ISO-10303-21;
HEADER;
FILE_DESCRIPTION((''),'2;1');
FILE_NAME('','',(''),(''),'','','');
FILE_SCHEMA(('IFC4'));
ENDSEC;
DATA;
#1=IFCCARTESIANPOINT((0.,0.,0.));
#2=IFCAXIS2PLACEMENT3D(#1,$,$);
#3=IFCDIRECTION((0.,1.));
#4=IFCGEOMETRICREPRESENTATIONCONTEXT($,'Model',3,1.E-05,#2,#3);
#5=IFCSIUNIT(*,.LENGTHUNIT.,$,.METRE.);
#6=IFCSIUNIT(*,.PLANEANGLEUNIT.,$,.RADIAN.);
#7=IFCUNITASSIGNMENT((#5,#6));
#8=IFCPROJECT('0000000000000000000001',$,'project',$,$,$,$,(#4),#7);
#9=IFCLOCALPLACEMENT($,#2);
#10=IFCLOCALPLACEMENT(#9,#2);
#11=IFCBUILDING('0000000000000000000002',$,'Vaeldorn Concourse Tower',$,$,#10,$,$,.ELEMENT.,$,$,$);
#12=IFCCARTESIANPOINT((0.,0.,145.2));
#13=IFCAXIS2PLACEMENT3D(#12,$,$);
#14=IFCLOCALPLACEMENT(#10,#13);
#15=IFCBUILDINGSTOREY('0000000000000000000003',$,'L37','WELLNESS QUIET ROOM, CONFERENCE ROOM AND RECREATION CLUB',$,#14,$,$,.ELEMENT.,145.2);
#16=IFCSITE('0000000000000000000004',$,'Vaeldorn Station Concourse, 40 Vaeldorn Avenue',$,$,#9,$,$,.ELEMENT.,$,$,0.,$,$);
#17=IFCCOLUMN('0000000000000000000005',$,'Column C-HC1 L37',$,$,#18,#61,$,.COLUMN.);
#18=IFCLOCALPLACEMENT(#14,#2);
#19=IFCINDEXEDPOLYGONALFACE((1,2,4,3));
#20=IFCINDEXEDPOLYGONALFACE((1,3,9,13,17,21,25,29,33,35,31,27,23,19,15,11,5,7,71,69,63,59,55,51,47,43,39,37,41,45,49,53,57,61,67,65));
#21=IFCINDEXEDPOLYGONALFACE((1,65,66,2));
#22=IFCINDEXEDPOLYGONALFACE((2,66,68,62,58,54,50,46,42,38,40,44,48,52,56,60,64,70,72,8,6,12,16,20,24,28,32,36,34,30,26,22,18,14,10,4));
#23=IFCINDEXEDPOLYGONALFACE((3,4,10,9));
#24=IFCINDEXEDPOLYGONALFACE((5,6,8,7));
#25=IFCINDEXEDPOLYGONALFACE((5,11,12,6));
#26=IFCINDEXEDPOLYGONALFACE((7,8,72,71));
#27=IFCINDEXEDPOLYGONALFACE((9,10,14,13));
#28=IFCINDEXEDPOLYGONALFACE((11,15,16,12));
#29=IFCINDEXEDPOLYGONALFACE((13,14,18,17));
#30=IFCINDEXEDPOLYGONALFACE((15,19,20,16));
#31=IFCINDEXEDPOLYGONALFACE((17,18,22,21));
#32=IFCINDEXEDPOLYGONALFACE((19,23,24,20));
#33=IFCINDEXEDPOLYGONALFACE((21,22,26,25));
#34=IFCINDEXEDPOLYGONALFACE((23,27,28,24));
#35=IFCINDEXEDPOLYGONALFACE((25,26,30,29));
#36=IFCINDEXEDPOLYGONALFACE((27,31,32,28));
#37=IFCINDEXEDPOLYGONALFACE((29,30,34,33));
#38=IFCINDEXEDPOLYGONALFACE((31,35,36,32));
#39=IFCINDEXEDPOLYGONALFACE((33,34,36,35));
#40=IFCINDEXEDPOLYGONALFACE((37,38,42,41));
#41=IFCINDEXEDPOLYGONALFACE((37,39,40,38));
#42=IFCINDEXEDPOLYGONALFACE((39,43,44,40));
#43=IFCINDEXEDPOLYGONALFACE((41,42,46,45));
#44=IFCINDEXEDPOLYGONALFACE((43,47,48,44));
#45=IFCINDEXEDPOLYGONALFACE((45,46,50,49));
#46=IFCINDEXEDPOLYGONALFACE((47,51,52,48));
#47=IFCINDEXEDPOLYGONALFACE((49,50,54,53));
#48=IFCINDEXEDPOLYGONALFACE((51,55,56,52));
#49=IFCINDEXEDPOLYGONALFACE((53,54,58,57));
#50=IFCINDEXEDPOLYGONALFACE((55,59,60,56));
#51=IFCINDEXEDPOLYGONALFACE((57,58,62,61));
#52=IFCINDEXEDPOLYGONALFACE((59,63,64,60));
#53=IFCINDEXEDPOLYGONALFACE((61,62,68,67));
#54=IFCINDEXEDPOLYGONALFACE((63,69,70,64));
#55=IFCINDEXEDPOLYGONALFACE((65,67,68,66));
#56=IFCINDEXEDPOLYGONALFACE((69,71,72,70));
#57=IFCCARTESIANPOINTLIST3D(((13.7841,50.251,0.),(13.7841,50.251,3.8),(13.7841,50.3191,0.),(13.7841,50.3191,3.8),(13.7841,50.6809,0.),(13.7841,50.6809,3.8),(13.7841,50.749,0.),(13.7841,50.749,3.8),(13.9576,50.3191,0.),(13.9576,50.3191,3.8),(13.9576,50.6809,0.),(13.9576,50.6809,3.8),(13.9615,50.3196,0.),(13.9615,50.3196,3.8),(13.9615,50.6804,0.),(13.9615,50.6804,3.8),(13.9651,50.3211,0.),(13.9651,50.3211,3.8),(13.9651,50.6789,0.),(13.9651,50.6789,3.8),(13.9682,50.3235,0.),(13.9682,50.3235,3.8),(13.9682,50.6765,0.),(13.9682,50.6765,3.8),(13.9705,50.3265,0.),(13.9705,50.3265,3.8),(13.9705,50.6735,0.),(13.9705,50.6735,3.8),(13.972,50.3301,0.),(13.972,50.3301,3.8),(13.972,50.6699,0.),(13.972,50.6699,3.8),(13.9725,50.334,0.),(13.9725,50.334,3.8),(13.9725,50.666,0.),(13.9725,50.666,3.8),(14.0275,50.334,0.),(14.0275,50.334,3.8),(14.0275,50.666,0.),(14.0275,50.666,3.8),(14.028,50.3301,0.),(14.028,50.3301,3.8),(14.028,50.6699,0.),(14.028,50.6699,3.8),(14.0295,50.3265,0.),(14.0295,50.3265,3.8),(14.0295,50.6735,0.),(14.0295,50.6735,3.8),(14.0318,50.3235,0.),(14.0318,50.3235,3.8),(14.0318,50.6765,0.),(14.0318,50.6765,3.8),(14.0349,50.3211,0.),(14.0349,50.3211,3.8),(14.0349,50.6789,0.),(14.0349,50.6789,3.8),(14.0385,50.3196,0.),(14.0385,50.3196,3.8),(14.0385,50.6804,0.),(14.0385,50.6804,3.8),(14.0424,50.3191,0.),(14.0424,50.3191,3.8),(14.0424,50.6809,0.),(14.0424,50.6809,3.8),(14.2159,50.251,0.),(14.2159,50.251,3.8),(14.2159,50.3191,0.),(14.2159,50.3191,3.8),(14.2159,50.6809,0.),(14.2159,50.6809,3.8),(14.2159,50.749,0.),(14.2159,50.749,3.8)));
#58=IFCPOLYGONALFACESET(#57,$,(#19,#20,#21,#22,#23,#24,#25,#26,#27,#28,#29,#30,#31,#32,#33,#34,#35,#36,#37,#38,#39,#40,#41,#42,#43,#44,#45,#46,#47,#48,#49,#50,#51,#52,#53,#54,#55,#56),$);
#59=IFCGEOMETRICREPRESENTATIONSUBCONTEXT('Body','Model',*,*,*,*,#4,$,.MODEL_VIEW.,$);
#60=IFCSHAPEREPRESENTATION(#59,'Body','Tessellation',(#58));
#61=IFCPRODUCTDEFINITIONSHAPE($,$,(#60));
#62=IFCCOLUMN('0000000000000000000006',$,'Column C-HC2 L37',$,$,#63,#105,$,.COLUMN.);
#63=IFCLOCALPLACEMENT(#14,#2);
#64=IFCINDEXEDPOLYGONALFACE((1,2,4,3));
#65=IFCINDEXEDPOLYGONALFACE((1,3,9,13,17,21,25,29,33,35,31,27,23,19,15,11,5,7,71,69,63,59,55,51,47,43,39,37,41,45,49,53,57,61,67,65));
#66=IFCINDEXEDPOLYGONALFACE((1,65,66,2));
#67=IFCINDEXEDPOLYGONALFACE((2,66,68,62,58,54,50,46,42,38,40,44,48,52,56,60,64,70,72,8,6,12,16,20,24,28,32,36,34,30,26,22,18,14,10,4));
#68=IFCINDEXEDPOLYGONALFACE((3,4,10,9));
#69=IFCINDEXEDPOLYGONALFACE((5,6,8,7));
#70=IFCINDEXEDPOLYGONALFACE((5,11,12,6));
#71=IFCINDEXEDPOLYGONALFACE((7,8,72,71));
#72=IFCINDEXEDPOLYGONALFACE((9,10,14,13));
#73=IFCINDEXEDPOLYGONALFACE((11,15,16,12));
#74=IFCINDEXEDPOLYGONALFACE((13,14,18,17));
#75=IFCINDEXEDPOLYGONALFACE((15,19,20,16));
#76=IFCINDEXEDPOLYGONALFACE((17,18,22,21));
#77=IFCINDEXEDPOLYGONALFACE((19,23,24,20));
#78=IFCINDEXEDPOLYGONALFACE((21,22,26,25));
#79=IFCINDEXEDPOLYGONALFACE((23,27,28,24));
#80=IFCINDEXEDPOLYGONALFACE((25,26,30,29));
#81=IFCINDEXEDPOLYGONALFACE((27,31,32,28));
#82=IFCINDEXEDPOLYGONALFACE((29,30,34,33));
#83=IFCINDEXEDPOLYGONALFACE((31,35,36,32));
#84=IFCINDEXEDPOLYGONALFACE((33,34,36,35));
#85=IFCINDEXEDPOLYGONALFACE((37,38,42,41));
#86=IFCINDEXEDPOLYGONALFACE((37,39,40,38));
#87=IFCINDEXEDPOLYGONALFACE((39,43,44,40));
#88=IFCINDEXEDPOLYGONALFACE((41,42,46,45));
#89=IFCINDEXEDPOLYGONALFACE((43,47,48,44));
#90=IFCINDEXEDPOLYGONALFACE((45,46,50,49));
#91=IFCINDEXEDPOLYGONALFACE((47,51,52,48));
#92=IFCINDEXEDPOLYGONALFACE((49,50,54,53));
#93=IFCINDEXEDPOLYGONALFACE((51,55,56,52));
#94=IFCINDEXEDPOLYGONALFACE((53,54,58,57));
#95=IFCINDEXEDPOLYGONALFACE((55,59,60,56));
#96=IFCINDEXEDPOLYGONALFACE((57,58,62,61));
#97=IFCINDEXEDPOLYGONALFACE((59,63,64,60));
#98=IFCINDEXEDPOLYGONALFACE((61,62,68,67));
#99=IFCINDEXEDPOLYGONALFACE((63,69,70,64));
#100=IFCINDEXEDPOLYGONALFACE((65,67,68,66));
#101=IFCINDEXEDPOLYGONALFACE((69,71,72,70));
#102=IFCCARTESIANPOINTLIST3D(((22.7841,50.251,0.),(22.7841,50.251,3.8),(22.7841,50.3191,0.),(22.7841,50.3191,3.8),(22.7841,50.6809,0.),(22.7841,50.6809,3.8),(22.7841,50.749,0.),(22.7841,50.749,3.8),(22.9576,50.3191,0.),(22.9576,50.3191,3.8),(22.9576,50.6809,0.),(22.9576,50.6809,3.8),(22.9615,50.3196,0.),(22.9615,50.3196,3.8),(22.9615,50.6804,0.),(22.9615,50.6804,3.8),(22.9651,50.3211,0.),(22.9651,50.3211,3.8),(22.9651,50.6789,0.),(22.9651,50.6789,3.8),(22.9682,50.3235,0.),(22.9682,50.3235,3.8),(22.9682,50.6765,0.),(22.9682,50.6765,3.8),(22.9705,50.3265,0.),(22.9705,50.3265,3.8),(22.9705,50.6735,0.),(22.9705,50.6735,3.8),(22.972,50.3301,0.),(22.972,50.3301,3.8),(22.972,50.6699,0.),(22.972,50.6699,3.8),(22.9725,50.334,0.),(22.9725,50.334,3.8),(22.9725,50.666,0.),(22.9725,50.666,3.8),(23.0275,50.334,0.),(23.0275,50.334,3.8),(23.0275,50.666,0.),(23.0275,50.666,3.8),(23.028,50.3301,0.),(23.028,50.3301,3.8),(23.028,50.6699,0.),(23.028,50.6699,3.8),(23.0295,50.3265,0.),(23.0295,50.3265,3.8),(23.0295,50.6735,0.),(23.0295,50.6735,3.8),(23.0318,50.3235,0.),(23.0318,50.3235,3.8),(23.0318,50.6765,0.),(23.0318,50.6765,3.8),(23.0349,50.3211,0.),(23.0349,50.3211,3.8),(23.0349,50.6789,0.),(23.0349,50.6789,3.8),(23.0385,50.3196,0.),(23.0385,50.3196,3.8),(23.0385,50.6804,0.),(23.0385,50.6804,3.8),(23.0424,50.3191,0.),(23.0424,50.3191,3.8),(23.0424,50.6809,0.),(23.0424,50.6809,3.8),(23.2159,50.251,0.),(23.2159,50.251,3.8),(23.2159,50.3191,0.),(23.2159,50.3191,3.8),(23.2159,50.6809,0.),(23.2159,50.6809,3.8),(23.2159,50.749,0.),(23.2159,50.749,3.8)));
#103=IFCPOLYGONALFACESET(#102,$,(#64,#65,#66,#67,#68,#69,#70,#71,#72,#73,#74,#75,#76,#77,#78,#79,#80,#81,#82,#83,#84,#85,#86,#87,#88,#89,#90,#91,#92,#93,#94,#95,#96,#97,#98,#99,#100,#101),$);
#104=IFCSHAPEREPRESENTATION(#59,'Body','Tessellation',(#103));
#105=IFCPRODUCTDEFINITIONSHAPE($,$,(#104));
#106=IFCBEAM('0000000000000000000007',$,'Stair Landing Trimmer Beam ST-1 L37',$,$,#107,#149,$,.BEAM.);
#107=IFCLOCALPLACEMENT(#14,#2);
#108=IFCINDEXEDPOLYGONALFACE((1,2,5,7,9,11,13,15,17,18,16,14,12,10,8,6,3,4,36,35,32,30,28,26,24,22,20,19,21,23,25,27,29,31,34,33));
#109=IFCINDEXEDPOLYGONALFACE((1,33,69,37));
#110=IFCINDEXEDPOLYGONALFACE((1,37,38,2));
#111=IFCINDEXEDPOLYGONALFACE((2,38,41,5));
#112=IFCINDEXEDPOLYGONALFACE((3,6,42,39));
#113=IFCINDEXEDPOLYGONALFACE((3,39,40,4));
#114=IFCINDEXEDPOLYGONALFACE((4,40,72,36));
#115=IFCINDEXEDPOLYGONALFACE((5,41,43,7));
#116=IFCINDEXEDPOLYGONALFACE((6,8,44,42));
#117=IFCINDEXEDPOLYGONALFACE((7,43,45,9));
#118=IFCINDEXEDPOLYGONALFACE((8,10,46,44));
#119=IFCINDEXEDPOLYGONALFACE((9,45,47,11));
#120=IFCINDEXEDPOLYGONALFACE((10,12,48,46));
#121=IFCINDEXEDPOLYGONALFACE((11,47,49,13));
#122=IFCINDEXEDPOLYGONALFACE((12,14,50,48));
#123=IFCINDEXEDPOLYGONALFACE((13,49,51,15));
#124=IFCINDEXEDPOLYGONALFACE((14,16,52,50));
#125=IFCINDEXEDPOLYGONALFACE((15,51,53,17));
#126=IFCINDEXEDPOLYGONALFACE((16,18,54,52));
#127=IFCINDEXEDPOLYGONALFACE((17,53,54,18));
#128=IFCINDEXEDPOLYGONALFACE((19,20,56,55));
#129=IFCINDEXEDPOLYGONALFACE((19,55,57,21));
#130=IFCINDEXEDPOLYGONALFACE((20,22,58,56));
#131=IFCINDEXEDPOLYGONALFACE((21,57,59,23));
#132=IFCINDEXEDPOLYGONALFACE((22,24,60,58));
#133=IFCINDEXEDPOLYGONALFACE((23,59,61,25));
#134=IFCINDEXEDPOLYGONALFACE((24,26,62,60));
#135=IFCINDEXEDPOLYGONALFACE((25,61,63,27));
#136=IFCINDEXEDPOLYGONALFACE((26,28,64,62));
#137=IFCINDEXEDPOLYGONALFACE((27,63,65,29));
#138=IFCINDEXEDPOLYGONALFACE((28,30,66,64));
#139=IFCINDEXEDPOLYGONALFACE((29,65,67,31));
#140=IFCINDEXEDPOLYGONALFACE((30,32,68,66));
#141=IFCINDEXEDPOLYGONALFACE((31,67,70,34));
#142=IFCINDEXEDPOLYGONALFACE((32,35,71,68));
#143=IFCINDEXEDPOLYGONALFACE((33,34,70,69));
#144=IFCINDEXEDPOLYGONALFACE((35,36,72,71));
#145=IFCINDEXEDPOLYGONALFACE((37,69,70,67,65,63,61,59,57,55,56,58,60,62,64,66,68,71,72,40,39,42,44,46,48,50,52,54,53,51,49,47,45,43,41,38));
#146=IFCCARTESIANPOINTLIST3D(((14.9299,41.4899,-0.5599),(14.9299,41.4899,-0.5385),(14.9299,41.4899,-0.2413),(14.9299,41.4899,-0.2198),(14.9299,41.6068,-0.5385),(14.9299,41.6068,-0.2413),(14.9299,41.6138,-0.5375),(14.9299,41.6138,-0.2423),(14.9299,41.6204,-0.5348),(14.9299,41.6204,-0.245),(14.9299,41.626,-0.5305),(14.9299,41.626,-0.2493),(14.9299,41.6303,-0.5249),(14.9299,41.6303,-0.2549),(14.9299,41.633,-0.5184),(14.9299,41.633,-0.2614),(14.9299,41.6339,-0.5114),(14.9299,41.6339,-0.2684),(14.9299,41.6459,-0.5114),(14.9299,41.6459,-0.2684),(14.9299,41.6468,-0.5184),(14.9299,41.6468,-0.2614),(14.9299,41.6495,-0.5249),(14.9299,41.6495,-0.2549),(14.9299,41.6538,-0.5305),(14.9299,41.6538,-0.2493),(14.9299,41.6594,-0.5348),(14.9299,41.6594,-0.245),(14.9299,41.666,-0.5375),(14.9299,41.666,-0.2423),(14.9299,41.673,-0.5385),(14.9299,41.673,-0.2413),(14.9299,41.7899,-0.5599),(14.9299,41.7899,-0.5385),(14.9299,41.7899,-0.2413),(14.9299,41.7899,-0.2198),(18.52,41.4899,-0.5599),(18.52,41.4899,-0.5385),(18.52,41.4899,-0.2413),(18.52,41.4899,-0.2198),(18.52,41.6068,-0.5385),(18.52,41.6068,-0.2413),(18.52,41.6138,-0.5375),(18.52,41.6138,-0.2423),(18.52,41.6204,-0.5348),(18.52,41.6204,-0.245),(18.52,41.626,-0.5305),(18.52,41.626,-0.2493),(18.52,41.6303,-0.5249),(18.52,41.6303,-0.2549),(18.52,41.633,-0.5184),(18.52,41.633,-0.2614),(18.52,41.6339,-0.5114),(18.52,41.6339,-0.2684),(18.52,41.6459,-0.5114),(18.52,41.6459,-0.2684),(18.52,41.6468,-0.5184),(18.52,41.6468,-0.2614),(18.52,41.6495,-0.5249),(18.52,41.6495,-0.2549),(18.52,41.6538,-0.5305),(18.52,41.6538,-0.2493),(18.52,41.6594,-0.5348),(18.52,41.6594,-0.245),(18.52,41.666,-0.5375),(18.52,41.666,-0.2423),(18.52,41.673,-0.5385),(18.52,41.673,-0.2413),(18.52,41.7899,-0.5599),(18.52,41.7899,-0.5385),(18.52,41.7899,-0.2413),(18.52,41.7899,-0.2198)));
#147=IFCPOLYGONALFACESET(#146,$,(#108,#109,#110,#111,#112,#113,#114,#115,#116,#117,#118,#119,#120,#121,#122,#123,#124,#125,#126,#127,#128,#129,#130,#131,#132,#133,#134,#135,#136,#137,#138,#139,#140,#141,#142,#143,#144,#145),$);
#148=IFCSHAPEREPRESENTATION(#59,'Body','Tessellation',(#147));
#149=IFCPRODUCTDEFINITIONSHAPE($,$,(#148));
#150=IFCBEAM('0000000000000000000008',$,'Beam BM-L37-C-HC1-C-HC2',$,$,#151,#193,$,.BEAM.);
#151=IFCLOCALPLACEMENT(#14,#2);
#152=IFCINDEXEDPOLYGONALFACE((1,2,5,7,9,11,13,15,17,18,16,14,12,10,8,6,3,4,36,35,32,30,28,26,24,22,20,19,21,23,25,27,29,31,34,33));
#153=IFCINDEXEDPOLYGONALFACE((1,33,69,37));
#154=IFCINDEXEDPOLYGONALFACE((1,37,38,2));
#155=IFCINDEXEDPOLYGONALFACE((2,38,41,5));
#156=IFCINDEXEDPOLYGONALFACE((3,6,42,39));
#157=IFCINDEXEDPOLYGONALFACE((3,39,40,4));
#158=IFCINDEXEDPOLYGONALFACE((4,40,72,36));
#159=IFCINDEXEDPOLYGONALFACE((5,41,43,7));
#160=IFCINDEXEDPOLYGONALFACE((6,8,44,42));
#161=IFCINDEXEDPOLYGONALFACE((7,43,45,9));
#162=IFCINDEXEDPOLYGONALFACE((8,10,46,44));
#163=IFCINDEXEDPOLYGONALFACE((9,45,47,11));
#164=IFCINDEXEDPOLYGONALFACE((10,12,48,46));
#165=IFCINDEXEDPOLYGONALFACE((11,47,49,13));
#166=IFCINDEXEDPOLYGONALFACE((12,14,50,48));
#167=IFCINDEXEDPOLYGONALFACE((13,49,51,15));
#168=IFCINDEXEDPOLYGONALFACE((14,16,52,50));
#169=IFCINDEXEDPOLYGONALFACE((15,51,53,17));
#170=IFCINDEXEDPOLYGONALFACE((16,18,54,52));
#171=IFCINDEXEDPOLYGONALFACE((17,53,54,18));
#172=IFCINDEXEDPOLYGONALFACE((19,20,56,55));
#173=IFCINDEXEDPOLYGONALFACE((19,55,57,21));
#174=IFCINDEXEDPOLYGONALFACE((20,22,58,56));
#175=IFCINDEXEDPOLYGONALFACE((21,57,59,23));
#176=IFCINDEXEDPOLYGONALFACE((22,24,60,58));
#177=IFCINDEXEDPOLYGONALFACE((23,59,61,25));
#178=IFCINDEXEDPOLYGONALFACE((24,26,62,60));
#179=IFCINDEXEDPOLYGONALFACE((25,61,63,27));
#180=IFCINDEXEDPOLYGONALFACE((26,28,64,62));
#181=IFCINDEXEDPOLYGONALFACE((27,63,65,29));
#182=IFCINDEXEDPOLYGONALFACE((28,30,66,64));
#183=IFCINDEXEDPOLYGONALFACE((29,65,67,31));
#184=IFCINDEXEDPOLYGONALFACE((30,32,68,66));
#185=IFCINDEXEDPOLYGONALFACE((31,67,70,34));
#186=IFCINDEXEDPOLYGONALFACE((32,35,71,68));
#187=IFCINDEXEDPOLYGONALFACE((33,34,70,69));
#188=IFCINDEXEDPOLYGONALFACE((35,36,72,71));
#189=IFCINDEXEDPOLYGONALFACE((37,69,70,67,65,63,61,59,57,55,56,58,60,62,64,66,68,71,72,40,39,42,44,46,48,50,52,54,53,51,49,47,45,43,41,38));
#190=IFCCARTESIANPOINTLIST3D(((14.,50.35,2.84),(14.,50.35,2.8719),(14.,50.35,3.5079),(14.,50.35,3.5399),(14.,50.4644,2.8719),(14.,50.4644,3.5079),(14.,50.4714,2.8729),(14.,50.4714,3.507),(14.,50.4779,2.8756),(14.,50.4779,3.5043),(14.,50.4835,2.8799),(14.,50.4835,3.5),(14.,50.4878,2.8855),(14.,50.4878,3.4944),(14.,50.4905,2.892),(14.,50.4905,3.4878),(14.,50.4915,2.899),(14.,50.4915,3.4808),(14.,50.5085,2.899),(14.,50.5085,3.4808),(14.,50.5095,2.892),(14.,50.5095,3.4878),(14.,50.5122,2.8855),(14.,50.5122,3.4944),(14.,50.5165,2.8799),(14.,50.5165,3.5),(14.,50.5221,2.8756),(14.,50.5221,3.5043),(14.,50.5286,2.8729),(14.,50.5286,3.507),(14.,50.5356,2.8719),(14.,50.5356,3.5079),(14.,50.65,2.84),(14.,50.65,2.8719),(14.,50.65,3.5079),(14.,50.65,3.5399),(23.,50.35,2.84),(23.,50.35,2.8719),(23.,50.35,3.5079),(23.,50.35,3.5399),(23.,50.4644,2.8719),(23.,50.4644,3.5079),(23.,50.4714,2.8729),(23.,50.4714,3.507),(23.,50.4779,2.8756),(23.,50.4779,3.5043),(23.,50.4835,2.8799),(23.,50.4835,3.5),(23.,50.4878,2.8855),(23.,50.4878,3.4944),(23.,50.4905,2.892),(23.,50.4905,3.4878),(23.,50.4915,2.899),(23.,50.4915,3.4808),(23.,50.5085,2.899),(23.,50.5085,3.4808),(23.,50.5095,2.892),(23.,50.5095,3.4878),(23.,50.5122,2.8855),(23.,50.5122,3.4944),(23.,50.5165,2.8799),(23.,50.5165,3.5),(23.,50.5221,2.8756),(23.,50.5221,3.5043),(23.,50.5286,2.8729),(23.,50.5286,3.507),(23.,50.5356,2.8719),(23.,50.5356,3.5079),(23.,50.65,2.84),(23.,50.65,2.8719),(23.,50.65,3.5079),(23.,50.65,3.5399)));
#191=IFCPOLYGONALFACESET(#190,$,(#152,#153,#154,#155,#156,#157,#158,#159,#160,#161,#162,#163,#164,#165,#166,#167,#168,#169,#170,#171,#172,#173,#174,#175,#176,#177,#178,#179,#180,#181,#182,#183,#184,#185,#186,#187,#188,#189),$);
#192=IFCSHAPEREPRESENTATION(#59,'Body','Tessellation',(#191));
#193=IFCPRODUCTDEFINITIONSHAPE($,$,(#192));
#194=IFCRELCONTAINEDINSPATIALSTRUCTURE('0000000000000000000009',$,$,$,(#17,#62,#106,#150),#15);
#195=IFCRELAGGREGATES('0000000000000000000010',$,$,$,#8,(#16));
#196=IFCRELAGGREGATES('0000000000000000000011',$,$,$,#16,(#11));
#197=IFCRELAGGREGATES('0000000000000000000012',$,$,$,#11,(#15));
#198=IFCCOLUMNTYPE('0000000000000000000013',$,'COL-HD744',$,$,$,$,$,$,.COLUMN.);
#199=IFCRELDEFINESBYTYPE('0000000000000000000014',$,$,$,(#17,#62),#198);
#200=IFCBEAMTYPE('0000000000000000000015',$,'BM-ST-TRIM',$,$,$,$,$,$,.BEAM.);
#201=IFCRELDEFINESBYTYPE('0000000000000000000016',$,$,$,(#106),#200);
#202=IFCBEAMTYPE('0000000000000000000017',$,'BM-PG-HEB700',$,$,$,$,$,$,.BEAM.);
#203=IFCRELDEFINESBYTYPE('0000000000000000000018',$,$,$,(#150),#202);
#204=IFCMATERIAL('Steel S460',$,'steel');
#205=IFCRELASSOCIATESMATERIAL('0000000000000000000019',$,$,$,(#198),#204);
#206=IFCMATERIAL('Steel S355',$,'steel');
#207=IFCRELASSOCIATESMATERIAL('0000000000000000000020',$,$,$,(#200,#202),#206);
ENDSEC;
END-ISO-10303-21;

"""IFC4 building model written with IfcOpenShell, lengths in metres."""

from ifc_helpers import new_model, si_unit, direction, frame, origin, origin_2d, place, context, subcontext, project, spatial, i_section, extrude, source, transform, mapped, material, material_profile, profile_set, type_object, element, save


model = new_model("IFC4")

# Units and contexts
model_context = context("Model", 3, precision=1e-05, world=origin(), true_north=direction((0.0, 1.0)))
body_context = subcontext(model_context, "Body", "Model", "MODEL_VIEW")
ifc_project = project(units=[si_unit("LENGTHUNIT", "METRE"), si_unit("PLANEANGLEUNIT", "RADIAN")], contexts=[model_context])

# Site, building, storey
site_placement = place(None, origin())
site = spatial("IfcSite", under=ifc_project, at=site_placement, Name="Vaeldorn Station Concourse, 40 Vaeldorn Avenue", CompositionType="ELEMENT", RefElevation=0.0)
building_placement = place(site_placement, origin())
building = spatial("IfcBuilding", under=site, at=building_placement, Name="Vaeldorn Concourse Tower", CompositionType="ELEMENT")
storey_placement = place(building_placement, frame((0.0, 0.0, 145.2)))
storey = spatial("IfcBuildingStorey", under=building, at=storey_placement, Name="L37", Description="WELLNESS QUIET ROOM, CONFERENCE ROOM AND RECREATION CLUB", CompositionType="ELEMENT", Elevation=145.2)

# Columns
ifc_material_1 = material(Name="Steel S460", Category="steel")
ifc_material_profile_1 = material_profile(ifc_material_1, i_section(OverallWidth=0.4319, OverallDepth=0.498, WebThickness=0.0549, FlangeThickness=0.0681, FilletRadius=0.0149, at=origin_2d()), Name="HD 400x744")
ifc_profile_set_1 = profile_set([ifc_material_profile_1], Name="Steel S460")
column_type = type_object("IfcColumnType", Name="COL-HD744", PredefinedType="COLUMN", material=ifc_profile_set_1)
shared_shape_1 = source(origin(), body_context, "Body", "SweptSolid", [
    extrude(i_section(OverallWidth=0.4319, OverallDepth=0.498, WebThickness=0.0549, FlangeThickness=0.0681, FilletRadius=0.0149, at=origin_2d()), origin(), (0.0, 0.0, 1.0), 3.8),
])
for number, where, z_axis, x_axis, name in (
    (1, (14.0, 50.5, 0.0), (0.0, 0.0, 1.0), (1.0, 0.0, 0.0), "Column C-HC1 L37"),
    (2, (23.0, 50.5, 0.0), (0.0, 0.0, 1.0), (1.0, 0.0, 0.0), "Column C-HC2 L37"),
):
    element("IfcColumn", number, at=place(storey_placement, frame(where, z_axis=z_axis, x_axis=x_axis)), inside=storey, type_object=column_type, Name=name, PredefinedType="COLUMN", context=body_context, shape_type="MappedRepresentation", body=[
        mapped(shared_shape_1, transform((0.0, 0.0, 0.0), scale=1.0)),
    ])

# Beams
ifc_material_2 = material(Name="Steel S355", Category="steel")
ifc_material_profile_2 = material_profile(ifc_material_2, i_section(OverallWidth=0.3, OverallDepth=0.3401, WebThickness=0.012, FlangeThickness=0.0215, FilletRadius=0.0271, at=origin_2d()), Name="HEB 340")
ifc_profile_set_2 = profile_set([ifc_material_profile_2], Name="Steel S355")
beam_type_1 = type_object("IfcBeamType", Name="BM-ST-TRIM", PredefinedType="BEAM", material=ifc_profile_set_2)
shared_shape_2 = source(origin(), body_context, "Body", "SweptSolid", [
    extrude(i_section(OverallWidth=0.3, OverallDepth=0.3401, WebThickness=0.012, FlangeThickness=0.0215, FilletRadius=0.0271, at=origin_2d()), origin(), (0.0, 0.0, 1.0), 3.5901),
])
beam_1_placement = place(storey_placement, frame((14.9299, 41.6399, -0.3899), z_axis=(1.0, 0.0, 0.0), x_axis=(0.0, 1.0, 0.0)))
element("IfcBeam", 3, at=beam_1_placement, inside=storey, type_object=beam_type_1, Name="Stair Landing Trimmer Beam ST-1 L37", PredefinedType="BEAM", context=body_context, shape_type="MappedRepresentation", body=[
    mapped(shared_shape_2, transform((0.0, 0.0, 0.0), scale=1.0)),
])
ifc_material_profile_3 = material_profile(ifc_material_2, i_section(OverallWidth=0.3, OverallDepth=0.7, WebThickness=0.0171, FlangeThickness=0.032, FilletRadius=0.0271, at=origin_2d()), Name="HEB 700")
ifc_profile_set_3 = profile_set([ifc_material_profile_3], Name="Steel S355")
beam_type_2 = type_object("IfcBeamType", Name="BM-PG-HEB700", PredefinedType="BEAM", material=ifc_profile_set_3)
shared_shape_3 = source(origin(), body_context, "Body", "SweptSolid", [
    extrude(i_section(OverallWidth=0.3, OverallDepth=0.7, WebThickness=0.0171, FlangeThickness=0.032, FilletRadius=0.0271, at=origin_2d()), origin(), (0.0, 0.0, 1.0), 9.0),
])
beam_2_placement = place(storey_placement, frame((14.0, 50.5, 3.1899), z_axis=(1.0, 0.0, 0.0), x_axis=(0.0, 1.0, 0.0)))
element("IfcBeam", 4, at=beam_2_placement, inside=storey, type_object=beam_type_2, Name="Beam BM-L37-C-HC1-C-HC2", PredefinedType="BEAM", context=body_context, shape_type="MappedRepresentation", body=[
    mapped(shared_shape_3, transform((0.0, 0.0, 0.0), scale=1.0)),
])

save(model, "model.ifc")
